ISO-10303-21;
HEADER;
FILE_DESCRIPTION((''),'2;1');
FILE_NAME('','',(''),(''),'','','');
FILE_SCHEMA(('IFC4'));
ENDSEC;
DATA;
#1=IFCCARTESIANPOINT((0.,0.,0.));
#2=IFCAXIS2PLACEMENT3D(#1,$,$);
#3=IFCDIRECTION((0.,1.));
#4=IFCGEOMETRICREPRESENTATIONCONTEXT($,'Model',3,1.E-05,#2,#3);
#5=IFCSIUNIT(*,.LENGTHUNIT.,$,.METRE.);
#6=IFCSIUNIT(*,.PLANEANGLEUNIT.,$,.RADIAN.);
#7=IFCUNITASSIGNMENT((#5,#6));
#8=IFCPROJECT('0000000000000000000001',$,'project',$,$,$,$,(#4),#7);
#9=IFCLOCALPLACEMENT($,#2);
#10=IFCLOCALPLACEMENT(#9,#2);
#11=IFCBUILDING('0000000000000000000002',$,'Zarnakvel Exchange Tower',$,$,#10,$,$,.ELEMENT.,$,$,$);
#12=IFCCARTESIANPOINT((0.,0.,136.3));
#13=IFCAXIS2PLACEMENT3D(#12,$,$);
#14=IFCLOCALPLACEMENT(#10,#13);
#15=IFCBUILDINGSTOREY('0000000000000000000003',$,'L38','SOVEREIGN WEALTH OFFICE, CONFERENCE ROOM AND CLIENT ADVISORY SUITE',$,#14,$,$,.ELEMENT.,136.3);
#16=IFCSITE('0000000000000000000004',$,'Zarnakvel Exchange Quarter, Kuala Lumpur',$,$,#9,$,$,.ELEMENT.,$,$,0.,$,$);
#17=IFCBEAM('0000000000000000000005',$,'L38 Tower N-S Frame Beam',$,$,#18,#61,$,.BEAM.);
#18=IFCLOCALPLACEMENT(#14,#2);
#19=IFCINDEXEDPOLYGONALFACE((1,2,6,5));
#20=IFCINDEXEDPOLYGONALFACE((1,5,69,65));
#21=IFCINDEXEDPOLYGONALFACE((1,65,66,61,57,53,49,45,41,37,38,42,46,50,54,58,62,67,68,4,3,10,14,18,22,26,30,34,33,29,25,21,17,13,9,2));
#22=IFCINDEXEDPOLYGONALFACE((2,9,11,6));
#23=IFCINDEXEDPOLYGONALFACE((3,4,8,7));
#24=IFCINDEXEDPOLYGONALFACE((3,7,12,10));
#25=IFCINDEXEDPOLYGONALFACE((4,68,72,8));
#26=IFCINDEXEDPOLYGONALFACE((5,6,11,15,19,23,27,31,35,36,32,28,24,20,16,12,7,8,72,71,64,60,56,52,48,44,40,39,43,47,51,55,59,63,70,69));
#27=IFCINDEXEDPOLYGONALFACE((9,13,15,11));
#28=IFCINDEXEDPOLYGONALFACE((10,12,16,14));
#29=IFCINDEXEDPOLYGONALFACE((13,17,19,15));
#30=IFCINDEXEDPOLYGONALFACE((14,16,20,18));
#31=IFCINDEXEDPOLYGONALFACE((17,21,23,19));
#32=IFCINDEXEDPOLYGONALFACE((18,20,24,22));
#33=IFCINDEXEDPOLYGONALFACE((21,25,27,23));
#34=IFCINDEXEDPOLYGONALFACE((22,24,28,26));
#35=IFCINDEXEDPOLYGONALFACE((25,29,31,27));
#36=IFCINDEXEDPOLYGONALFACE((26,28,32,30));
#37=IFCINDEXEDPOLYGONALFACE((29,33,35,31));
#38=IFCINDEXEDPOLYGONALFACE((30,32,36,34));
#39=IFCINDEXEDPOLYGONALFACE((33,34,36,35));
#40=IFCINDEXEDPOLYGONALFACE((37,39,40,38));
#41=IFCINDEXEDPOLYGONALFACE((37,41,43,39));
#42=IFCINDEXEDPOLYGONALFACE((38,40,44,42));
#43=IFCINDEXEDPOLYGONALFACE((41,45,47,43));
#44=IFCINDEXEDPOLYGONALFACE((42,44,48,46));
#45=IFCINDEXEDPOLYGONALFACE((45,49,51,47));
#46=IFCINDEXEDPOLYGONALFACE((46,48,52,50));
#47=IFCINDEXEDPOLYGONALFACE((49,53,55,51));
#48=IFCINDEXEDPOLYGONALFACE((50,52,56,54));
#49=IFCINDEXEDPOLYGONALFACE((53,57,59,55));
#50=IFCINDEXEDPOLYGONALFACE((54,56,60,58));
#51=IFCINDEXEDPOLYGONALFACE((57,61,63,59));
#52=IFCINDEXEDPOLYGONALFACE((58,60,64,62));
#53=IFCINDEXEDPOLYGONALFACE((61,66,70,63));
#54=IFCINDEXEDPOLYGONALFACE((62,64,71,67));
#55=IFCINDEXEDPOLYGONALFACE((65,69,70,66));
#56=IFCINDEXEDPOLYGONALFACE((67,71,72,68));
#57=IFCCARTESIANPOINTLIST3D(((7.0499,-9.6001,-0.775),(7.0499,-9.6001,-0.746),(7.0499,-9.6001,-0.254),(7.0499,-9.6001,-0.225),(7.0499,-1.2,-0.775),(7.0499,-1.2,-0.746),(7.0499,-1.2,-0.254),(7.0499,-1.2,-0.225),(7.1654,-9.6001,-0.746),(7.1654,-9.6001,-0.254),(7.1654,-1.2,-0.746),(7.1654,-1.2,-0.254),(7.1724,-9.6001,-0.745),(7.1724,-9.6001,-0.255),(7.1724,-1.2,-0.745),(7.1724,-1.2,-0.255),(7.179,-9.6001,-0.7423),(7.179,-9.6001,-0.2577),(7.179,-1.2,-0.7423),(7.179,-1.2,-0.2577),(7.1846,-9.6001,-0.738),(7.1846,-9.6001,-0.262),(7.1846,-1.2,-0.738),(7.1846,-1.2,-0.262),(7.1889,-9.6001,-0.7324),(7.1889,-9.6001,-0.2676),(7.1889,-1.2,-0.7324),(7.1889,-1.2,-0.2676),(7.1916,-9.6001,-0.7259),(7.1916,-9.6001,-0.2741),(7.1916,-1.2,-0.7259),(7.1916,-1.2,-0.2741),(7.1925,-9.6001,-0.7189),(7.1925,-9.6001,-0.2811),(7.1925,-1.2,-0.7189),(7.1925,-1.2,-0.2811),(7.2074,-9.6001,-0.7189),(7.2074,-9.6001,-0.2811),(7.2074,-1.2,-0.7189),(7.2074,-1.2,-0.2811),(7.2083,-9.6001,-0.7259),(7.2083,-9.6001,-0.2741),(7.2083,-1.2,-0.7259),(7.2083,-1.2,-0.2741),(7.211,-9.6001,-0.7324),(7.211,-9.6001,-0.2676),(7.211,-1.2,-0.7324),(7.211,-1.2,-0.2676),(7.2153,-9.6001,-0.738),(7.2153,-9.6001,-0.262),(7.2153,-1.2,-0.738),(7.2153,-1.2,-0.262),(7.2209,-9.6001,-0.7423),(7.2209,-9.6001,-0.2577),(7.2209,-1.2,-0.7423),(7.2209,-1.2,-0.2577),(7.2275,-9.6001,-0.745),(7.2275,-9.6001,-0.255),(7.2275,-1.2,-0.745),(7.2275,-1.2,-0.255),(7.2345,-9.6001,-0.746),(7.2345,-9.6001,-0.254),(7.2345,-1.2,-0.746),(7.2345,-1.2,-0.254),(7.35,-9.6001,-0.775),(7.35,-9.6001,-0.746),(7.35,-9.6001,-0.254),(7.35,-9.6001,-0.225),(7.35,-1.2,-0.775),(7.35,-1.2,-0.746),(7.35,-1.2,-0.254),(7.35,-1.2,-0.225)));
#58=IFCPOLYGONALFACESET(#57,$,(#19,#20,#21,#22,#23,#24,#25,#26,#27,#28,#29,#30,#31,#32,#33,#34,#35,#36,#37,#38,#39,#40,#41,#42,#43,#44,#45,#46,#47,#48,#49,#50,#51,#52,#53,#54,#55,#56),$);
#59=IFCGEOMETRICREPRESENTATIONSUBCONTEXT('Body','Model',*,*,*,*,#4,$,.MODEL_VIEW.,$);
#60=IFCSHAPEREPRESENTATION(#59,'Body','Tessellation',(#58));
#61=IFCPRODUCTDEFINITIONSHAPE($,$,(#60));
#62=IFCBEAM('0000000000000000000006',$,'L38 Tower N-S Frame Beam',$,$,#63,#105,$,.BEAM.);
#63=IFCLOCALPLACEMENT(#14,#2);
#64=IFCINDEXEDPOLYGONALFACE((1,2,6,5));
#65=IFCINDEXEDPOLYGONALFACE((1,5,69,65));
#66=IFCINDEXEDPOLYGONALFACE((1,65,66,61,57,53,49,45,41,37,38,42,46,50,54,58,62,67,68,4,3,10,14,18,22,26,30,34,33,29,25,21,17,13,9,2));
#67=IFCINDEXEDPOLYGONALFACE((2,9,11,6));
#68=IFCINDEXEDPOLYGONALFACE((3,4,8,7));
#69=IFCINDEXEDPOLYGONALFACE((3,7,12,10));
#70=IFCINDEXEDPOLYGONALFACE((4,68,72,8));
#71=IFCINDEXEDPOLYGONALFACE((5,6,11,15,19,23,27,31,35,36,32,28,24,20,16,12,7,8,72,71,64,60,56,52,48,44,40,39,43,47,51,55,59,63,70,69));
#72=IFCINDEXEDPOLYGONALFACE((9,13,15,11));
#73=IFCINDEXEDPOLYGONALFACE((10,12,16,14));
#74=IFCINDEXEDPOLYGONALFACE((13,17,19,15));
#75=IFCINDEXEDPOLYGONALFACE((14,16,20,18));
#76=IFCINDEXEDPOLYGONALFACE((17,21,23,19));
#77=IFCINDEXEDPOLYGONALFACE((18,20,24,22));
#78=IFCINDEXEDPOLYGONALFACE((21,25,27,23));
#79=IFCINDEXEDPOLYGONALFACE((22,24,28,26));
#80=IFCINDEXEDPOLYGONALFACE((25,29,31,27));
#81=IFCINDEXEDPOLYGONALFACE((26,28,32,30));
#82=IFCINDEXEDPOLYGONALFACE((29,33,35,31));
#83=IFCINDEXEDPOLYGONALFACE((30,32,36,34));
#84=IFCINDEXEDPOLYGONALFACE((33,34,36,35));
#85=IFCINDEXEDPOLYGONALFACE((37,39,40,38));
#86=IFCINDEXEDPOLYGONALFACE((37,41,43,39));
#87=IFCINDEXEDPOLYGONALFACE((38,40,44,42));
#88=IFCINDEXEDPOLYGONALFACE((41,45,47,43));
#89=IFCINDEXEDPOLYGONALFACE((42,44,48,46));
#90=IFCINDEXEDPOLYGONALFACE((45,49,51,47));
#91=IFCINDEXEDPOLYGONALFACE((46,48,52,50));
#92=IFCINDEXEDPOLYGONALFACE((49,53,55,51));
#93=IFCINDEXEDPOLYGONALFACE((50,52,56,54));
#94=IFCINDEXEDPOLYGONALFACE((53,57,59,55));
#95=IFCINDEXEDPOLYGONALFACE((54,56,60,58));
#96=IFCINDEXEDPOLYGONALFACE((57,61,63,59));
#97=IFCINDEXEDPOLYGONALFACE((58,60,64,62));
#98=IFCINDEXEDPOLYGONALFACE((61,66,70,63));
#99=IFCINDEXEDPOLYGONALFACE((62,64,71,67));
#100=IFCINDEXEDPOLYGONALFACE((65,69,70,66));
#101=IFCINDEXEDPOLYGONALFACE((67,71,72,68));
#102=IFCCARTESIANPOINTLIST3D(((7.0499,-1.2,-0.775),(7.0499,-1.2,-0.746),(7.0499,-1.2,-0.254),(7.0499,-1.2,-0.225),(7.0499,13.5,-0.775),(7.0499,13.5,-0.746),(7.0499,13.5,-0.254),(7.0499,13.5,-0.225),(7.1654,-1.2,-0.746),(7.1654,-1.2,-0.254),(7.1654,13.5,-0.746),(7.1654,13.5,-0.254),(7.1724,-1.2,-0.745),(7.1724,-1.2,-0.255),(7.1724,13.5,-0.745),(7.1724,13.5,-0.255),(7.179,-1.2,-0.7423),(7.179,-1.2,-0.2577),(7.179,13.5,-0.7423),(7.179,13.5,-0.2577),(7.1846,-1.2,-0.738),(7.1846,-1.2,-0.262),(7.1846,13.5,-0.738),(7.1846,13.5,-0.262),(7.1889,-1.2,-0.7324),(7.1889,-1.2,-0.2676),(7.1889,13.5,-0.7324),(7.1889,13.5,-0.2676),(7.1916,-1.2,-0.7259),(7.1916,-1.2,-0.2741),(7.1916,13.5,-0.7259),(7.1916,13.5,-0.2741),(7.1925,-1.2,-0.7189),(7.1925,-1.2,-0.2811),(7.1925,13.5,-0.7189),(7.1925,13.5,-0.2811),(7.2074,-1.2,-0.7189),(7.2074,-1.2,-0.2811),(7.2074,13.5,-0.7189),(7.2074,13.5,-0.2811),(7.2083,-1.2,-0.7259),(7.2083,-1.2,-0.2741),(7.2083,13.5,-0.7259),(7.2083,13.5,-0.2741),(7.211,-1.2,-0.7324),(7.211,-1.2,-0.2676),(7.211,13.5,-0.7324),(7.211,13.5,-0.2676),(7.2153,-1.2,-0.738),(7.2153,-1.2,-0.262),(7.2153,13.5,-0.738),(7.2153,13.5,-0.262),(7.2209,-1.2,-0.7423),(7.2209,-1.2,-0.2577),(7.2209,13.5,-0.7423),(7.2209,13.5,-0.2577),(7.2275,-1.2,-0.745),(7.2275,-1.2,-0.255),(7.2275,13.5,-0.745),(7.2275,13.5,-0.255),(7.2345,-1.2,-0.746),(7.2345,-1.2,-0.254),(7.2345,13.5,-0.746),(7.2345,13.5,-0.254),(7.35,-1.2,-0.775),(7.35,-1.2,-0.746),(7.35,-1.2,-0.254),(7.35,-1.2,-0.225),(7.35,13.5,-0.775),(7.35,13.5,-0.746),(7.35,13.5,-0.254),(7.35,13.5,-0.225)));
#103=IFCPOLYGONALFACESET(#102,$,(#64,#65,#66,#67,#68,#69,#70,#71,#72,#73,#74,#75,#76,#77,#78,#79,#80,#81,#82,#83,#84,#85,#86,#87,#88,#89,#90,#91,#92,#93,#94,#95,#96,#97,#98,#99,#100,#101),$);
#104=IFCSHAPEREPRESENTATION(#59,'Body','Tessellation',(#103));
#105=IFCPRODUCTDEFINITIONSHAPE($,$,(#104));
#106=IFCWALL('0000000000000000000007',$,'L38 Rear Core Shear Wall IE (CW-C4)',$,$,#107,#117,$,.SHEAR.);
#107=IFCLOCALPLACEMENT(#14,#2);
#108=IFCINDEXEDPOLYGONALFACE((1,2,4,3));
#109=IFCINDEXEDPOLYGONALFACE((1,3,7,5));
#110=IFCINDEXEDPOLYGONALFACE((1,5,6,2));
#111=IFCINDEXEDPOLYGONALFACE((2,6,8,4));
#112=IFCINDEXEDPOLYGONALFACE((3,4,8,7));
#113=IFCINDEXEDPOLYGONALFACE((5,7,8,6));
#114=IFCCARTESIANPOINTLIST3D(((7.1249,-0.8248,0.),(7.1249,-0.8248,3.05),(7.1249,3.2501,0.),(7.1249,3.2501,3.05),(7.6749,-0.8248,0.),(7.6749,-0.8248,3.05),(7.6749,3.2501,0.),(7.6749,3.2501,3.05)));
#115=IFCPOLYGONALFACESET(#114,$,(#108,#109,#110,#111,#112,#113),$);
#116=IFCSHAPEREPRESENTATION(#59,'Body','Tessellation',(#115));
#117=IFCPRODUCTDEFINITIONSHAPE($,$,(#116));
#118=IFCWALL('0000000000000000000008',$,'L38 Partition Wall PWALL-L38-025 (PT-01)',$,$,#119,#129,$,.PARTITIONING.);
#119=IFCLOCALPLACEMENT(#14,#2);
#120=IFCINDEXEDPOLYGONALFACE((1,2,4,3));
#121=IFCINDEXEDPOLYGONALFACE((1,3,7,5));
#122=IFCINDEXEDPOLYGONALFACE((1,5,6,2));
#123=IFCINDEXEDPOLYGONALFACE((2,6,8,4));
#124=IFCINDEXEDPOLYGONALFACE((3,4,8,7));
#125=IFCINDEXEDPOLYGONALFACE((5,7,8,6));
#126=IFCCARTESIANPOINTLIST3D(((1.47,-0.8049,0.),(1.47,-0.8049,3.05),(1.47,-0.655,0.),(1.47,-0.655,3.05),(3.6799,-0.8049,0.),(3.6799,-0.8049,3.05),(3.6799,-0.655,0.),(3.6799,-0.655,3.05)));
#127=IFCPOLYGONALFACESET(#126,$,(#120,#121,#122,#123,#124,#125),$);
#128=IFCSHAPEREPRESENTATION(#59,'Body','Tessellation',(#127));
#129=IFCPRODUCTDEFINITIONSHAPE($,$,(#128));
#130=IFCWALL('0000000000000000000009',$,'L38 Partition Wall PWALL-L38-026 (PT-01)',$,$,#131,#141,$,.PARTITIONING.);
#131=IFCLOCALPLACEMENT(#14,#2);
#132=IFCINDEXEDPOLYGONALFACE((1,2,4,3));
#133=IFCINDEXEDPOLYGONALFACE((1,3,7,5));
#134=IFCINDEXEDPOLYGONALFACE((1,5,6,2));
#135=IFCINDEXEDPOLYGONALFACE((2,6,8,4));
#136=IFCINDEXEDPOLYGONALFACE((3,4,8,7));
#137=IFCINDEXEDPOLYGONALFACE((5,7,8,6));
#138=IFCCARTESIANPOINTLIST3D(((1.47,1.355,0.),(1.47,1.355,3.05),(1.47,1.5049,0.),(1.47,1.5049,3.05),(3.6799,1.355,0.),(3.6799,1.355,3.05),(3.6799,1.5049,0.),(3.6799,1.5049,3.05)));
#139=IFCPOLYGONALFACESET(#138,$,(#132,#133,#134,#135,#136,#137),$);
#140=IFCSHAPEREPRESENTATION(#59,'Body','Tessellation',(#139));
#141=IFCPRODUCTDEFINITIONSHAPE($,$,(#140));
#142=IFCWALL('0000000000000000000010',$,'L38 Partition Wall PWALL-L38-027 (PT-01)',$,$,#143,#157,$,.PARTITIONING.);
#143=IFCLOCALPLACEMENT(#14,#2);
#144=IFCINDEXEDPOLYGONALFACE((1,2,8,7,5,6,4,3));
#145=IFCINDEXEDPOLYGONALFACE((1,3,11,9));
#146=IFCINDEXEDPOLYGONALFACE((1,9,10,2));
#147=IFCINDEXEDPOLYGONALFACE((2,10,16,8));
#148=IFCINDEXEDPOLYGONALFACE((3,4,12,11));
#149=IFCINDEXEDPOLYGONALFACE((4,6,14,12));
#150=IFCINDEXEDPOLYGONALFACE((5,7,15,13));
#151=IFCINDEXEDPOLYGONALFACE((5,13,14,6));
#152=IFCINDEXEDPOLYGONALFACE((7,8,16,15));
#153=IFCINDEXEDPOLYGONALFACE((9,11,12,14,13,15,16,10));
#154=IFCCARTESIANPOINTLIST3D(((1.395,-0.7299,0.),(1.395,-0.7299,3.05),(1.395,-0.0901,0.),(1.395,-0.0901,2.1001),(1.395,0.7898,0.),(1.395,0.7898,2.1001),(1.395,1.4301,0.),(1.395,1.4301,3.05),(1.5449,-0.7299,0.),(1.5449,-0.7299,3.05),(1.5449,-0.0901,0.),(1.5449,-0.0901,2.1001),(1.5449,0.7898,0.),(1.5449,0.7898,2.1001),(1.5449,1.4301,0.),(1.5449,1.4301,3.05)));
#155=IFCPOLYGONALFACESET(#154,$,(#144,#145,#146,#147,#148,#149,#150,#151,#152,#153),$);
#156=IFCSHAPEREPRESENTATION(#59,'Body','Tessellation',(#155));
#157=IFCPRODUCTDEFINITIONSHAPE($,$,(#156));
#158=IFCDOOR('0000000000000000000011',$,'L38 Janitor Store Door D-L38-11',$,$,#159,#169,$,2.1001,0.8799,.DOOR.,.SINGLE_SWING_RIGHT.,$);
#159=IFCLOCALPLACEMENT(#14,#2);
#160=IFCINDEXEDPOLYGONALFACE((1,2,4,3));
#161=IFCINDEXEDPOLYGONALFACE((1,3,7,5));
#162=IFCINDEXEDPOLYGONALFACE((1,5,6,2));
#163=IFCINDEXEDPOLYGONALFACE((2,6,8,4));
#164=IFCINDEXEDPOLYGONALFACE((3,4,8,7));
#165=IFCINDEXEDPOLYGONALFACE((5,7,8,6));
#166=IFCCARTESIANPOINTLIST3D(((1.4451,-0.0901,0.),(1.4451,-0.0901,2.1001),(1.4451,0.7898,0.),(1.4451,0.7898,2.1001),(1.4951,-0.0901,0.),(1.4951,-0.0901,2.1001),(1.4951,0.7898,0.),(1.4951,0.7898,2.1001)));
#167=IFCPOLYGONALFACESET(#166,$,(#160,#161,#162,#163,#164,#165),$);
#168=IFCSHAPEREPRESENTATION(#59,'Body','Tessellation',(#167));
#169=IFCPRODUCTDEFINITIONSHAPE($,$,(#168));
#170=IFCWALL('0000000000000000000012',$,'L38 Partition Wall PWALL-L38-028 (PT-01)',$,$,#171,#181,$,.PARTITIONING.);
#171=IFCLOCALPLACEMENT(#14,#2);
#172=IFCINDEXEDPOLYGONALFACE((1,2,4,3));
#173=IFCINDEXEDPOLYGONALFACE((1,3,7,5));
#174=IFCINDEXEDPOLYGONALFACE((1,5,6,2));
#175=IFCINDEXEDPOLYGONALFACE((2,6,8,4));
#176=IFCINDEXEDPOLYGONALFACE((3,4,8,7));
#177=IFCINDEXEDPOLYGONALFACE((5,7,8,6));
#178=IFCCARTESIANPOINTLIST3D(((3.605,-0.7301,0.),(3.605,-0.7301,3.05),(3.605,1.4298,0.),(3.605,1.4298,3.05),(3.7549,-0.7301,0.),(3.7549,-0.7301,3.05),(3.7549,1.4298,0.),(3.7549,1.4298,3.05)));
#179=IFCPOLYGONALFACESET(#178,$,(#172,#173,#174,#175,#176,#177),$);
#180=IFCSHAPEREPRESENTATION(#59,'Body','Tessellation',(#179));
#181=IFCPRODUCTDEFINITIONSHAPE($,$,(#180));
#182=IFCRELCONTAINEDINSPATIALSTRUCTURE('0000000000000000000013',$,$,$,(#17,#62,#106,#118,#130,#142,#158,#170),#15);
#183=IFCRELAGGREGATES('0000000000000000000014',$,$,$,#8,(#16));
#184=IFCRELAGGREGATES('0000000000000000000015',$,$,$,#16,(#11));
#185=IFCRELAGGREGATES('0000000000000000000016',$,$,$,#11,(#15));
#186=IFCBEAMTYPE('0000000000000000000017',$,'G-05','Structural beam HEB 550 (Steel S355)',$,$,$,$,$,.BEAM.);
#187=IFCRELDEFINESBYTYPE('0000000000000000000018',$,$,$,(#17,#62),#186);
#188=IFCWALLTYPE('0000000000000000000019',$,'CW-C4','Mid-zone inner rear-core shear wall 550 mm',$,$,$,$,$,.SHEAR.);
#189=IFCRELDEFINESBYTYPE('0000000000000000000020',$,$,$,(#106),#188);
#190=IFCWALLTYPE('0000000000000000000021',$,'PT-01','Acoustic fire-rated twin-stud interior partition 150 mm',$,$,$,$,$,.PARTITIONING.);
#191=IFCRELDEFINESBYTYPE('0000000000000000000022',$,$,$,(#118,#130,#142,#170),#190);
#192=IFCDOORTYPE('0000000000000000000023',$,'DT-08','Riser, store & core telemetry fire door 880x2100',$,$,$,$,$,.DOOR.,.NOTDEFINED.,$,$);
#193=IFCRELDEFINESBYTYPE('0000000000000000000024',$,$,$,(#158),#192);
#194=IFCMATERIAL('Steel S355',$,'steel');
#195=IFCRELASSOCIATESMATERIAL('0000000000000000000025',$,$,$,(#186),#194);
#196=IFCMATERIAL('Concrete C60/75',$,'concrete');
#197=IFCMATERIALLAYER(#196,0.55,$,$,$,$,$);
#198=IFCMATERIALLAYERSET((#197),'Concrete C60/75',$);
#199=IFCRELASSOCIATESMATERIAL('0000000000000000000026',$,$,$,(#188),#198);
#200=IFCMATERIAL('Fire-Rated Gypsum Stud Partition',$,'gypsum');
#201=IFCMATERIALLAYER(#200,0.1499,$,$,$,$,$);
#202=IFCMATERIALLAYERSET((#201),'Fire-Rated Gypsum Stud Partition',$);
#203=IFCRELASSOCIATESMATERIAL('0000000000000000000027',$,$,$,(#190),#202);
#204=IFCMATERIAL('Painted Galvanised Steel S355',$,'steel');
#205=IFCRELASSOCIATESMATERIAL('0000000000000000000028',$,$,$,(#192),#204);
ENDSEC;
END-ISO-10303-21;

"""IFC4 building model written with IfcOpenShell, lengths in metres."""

from ifc_helpers import new_model, si_unit, direction, frame, frame_2d, origin, origin_2d, place, context, subcontext, project, spatial, rectangle, i_section, extrude, source, transform, mapped, material, layer, layer_set, material_profile, profile_set, type_object, element, fill, save


model = new_model("IFC4")

# Units and contexts
model_context = context("Model", 3, precision=1e-05, world=origin(), true_north=direction((0.0, 1.0)))
body_context = subcontext(model_context, "Body", "Model", "MODEL_VIEW")
ifc_project = project(units=[si_unit("LENGTHUNIT", "METRE"), si_unit("PLANEANGLEUNIT", "RADIAN")], contexts=[model_context])

# Site, building, storey
site_placement = place(None, origin())
site = spatial("IfcSite", under=ifc_project, at=site_placement, Name="Zarnakvel Exchange Quarter, Kuala Lumpur", CompositionType="ELEMENT", RefElevation=0.0)
building_placement = place(site_placement, origin())
building = spatial("IfcBuilding", under=site, at=building_placement, Name="Zarnakvel Exchange Tower", CompositionType="ELEMENT")
storey_placement = place(building_placement, frame((0.0, 0.0, 136.3)))
storey = spatial("IfcBuildingStorey", under=building, at=storey_placement, Name="L38", Description="SOVEREIGN WEALTH OFFICE, CONFERENCE ROOM AND CLIENT ADVISORY SUITE", CompositionType="ELEMENT", Elevation=136.3)

# Shared definitions
ifc_material_1 = material(Name="Concrete C60/75", Category="concrete")

# Beams
ifc_material_2 = material(Name="Steel S355", Category="steel")
ifc_material_profile_1 = material_profile(ifc_material_2, i_section(OverallWidth=0.3, OverallDepth=0.55, WebThickness=0.0149, FlangeThickness=0.0291, FilletRadius=0.0271, at=origin_2d()))
ifc_profile_set_1 = profile_set([ifc_material_profile_1], Name="Steel S355")
beam_type_1 = type_object("IfcBeamType", Name="G-05", Description="Structural beam HEB 550 (Steel S355)", PredefinedType="BEAM", material=ifc_profile_set_1)
beam_1_placement = place(storey_placement, frame((7.2, -9.6001, -0.5), z_axis=(0.0, 1.0, 0.0), x_axis=(-1.0, 0.0, 0.0)))
element("IfcBeam", 1, at=beam_1_placement, inside=storey, type_object=beam_type_1, Name="L38 Tower N-S Frame Beam", PredefinedType="BEAM", context=body_context, shape_type="SweptSolid", body=[
    extrude(i_section(OverallWidth=0.3, OverallDepth=0.55, WebThickness=0.0149, FlangeThickness=0.0291, FilletRadius=0.0271, at=origin_2d()), origin(), (0.0, 0.0, 1.0), 8.4001),
])
beam_2_placement = place(storey_placement, frame((7.2, -1.2, -0.5), z_axis=(0.0, 1.0, 0.0), x_axis=(-1.0, 0.0, 0.0)))
element("IfcBeam", 2, at=beam_2_placement, inside=storey, type_object=beam_type_1, Name="L38 Tower N-S Frame Beam", PredefinedType="BEAM", context=body_context, shape_type="SweptSolid", body=[
    extrude(i_section(OverallWidth=0.3, OverallDepth=0.55, WebThickness=0.0149, FlangeThickness=0.0291, FilletRadius=0.0271, at=origin_2d()), origin(), (0.0, 0.0, 1.0), 14.7),
])

# Shared definitions
ifc_material_3 = material(Name="Painted Galvanised Steel S355", Category="steel")

# Walls
ifc_layer_1 = layer(ifc_material_1, 0.55)
ifc_layer_set_1 = layer_set([ifc_layer_1], Name="Concrete C60/75")
wall_type_1 = type_object("IfcWallType", Name="CW-C4", Description="Mid-zone inner rear-core shear wall 550 mm", PredefinedType="SHEAR", material=ifc_layer_set_1)
wall_1_placement = place(storey_placement, frame((7.3999, -0.825, 0.0), z_axis=(0.0, 0.0, 1.0), x_axis=(0.0, 1.0, 0.0)))
element("IfcWall", 3, at=wall_1_placement, inside=storey, type_object=wall_type_1, Name="L38 Rear Core Shear Wall IE (CW-C4)", PredefinedType="SHEAR", context=body_context, shape_type="SweptSolid", body=[
    extrude(rectangle(XDim=4.075, YDim=0.55, at=frame_2d((2.0376, 0.0))), origin(), (0.0, 0.0, 1.0), 3.05),
])
ifc_material_4 = material(Name="Fire-Rated Gypsum Stud Partition", Category="gypsum")
ifc_layer_2 = layer(ifc_material_4, 0.1499)
ifc_layer_set_2 = layer_set([ifc_layer_2], Name="Fire-Rated Gypsum Stud Partition")
wall_type_2 = type_object("IfcWallType", Name="PT-01", Description="Acoustic fire-rated twin-stud interior partition 150 mm", PredefinedType="PARTITIONING", material=ifc_layer_set_2)
for number, where, z_axis, x_axis, name in (
    (4, (3.6799, -0.73, 0.0), (0.0, 0.0, 1.0), (-1.0, 0.0, 0.0), "L38 Partition Wall PWALL-L38-025 (PT-01)"),
    (5, (1.47, 1.4299, 0.0), (0.0, 0.0, 1.0), (1.0, 0.0, 0.0), "L38 Partition Wall PWALL-L38-026 (PT-01)"),
):
    element("IfcWall", number, at=place(storey_placement, frame(where, z_axis=z_axis, x_axis=x_axis)), inside=storey, type_object=wall_type_2, Name=name, PredefinedType="PARTITIONING", context=body_context, shape_type="SweptSolid", body=[
        extrude(rectangle(XDim=2.21, YDim=0.1499, at=frame_2d((1.105, 0.0))), origin(), (0.0, 0.0, 1.0), 3.05),
    ])

# Wall, opening, door
wall_2_placement = place(storey_placement, frame((1.47, -0.73, 0.0), z_axis=(0.0, 0.0, 1.0), x_axis=(0.0, 1.0, 0.0)))
wall_2 = element("IfcWall", 6, at=wall_2_placement, inside=storey, type_object=wall_type_2, Name="L38 Partition Wall PWALL-L38-027 (PT-01)", PredefinedType="PARTITIONING", context=body_context, shape_type="SweptSolid", body=[
    extrude(rectangle(XDim=2.1599, YDim=0.1499, at=frame_2d((1.0801, 0.0))), origin(), (0.0, 0.0, 1.0), 3.05),
])
opening_1_placement = place(wall_2_placement, frame((0.6399, 0.0, 0.0)))
opening_1 = element("IfcOpeningElement", 7, at=opening_1_placement, cuts=wall_2, PredefinedType="OPENING", context=body_context, shape_type="SweptSolid", body=[
    extrude(rectangle(XDim=0.8799, YDim=2.1001, at=frame_2d((0.4399, 1.05))), frame((0.0, 0.085, 0.0), z_axis=(0.0, -1.0, 0.0), x_axis=(1.0, 0.0, 0.0)), (0.0, 0.0, 1.0), 0.1699),
])
door_type_1 = type_object("IfcDoorType", Name="DT-08", Description="Riser, store & core telemetry fire door 880x2100", OperationType="NOTDEFINED", PredefinedType="DOOR", material=ifc_material_3)
shared_shape_1 = source(origin(), body_context, "Body", "SweptSolid", [
    extrude(rectangle(XDim=0.8799, YDim=2.1001, at=frame_2d((0.4399, 1.05))), frame((0.0, 0.0249, 0.0), z_axis=(0.0, -1.0, 0.0), x_axis=(1.0, 0.0, 0.0)), (0.0, 0.0, 1.0), 0.05),
])
door_1_placement = place(opening_1_placement, origin())
door_1 = element("IfcDoor", 8, at=door_1_placement, inside=storey, type_object=door_type_1, Name="L38 Janitor Store Door D-L38-11", OperationType="SINGLE_SWING_RIGHT", OverallHeight=2.1001, OverallWidth=0.8799, PredefinedType="DOOR", context=body_context, shape_type="MappedRepresentation", body=[
    mapped(shared_shape_1, transform((0.0, 0.0, 0.0), x_axis=(1.0, 0.0, 0.0), y_axis=(0.0, 1.0, 0.0), z_axis=(0.0, 0.0, 1.0), scale=1.0)),
])
fill(opening_1, door_1)

# Wall
wall_3_placement = place(storey_placement, frame((3.6799, 1.4299, 0.0), z_axis=(0.0, 0.0, 1.0), x_axis=(0.0, -1.0, 0.0)))
element("IfcWall", 9, at=wall_3_placement, inside=storey, type_object=wall_type_2, Name="L38 Partition Wall PWALL-L38-028 (PT-01)", PredefinedType="PARTITIONING", context=body_context, shape_type="SweptSolid", body=[
    extrude(rectangle(XDim=2.1599, YDim=0.1499, at=frame_2d((1.0801, 0.0))), origin(), (0.0, 0.0, 1.0), 3.05),
])

save(model, "model.ifc")
